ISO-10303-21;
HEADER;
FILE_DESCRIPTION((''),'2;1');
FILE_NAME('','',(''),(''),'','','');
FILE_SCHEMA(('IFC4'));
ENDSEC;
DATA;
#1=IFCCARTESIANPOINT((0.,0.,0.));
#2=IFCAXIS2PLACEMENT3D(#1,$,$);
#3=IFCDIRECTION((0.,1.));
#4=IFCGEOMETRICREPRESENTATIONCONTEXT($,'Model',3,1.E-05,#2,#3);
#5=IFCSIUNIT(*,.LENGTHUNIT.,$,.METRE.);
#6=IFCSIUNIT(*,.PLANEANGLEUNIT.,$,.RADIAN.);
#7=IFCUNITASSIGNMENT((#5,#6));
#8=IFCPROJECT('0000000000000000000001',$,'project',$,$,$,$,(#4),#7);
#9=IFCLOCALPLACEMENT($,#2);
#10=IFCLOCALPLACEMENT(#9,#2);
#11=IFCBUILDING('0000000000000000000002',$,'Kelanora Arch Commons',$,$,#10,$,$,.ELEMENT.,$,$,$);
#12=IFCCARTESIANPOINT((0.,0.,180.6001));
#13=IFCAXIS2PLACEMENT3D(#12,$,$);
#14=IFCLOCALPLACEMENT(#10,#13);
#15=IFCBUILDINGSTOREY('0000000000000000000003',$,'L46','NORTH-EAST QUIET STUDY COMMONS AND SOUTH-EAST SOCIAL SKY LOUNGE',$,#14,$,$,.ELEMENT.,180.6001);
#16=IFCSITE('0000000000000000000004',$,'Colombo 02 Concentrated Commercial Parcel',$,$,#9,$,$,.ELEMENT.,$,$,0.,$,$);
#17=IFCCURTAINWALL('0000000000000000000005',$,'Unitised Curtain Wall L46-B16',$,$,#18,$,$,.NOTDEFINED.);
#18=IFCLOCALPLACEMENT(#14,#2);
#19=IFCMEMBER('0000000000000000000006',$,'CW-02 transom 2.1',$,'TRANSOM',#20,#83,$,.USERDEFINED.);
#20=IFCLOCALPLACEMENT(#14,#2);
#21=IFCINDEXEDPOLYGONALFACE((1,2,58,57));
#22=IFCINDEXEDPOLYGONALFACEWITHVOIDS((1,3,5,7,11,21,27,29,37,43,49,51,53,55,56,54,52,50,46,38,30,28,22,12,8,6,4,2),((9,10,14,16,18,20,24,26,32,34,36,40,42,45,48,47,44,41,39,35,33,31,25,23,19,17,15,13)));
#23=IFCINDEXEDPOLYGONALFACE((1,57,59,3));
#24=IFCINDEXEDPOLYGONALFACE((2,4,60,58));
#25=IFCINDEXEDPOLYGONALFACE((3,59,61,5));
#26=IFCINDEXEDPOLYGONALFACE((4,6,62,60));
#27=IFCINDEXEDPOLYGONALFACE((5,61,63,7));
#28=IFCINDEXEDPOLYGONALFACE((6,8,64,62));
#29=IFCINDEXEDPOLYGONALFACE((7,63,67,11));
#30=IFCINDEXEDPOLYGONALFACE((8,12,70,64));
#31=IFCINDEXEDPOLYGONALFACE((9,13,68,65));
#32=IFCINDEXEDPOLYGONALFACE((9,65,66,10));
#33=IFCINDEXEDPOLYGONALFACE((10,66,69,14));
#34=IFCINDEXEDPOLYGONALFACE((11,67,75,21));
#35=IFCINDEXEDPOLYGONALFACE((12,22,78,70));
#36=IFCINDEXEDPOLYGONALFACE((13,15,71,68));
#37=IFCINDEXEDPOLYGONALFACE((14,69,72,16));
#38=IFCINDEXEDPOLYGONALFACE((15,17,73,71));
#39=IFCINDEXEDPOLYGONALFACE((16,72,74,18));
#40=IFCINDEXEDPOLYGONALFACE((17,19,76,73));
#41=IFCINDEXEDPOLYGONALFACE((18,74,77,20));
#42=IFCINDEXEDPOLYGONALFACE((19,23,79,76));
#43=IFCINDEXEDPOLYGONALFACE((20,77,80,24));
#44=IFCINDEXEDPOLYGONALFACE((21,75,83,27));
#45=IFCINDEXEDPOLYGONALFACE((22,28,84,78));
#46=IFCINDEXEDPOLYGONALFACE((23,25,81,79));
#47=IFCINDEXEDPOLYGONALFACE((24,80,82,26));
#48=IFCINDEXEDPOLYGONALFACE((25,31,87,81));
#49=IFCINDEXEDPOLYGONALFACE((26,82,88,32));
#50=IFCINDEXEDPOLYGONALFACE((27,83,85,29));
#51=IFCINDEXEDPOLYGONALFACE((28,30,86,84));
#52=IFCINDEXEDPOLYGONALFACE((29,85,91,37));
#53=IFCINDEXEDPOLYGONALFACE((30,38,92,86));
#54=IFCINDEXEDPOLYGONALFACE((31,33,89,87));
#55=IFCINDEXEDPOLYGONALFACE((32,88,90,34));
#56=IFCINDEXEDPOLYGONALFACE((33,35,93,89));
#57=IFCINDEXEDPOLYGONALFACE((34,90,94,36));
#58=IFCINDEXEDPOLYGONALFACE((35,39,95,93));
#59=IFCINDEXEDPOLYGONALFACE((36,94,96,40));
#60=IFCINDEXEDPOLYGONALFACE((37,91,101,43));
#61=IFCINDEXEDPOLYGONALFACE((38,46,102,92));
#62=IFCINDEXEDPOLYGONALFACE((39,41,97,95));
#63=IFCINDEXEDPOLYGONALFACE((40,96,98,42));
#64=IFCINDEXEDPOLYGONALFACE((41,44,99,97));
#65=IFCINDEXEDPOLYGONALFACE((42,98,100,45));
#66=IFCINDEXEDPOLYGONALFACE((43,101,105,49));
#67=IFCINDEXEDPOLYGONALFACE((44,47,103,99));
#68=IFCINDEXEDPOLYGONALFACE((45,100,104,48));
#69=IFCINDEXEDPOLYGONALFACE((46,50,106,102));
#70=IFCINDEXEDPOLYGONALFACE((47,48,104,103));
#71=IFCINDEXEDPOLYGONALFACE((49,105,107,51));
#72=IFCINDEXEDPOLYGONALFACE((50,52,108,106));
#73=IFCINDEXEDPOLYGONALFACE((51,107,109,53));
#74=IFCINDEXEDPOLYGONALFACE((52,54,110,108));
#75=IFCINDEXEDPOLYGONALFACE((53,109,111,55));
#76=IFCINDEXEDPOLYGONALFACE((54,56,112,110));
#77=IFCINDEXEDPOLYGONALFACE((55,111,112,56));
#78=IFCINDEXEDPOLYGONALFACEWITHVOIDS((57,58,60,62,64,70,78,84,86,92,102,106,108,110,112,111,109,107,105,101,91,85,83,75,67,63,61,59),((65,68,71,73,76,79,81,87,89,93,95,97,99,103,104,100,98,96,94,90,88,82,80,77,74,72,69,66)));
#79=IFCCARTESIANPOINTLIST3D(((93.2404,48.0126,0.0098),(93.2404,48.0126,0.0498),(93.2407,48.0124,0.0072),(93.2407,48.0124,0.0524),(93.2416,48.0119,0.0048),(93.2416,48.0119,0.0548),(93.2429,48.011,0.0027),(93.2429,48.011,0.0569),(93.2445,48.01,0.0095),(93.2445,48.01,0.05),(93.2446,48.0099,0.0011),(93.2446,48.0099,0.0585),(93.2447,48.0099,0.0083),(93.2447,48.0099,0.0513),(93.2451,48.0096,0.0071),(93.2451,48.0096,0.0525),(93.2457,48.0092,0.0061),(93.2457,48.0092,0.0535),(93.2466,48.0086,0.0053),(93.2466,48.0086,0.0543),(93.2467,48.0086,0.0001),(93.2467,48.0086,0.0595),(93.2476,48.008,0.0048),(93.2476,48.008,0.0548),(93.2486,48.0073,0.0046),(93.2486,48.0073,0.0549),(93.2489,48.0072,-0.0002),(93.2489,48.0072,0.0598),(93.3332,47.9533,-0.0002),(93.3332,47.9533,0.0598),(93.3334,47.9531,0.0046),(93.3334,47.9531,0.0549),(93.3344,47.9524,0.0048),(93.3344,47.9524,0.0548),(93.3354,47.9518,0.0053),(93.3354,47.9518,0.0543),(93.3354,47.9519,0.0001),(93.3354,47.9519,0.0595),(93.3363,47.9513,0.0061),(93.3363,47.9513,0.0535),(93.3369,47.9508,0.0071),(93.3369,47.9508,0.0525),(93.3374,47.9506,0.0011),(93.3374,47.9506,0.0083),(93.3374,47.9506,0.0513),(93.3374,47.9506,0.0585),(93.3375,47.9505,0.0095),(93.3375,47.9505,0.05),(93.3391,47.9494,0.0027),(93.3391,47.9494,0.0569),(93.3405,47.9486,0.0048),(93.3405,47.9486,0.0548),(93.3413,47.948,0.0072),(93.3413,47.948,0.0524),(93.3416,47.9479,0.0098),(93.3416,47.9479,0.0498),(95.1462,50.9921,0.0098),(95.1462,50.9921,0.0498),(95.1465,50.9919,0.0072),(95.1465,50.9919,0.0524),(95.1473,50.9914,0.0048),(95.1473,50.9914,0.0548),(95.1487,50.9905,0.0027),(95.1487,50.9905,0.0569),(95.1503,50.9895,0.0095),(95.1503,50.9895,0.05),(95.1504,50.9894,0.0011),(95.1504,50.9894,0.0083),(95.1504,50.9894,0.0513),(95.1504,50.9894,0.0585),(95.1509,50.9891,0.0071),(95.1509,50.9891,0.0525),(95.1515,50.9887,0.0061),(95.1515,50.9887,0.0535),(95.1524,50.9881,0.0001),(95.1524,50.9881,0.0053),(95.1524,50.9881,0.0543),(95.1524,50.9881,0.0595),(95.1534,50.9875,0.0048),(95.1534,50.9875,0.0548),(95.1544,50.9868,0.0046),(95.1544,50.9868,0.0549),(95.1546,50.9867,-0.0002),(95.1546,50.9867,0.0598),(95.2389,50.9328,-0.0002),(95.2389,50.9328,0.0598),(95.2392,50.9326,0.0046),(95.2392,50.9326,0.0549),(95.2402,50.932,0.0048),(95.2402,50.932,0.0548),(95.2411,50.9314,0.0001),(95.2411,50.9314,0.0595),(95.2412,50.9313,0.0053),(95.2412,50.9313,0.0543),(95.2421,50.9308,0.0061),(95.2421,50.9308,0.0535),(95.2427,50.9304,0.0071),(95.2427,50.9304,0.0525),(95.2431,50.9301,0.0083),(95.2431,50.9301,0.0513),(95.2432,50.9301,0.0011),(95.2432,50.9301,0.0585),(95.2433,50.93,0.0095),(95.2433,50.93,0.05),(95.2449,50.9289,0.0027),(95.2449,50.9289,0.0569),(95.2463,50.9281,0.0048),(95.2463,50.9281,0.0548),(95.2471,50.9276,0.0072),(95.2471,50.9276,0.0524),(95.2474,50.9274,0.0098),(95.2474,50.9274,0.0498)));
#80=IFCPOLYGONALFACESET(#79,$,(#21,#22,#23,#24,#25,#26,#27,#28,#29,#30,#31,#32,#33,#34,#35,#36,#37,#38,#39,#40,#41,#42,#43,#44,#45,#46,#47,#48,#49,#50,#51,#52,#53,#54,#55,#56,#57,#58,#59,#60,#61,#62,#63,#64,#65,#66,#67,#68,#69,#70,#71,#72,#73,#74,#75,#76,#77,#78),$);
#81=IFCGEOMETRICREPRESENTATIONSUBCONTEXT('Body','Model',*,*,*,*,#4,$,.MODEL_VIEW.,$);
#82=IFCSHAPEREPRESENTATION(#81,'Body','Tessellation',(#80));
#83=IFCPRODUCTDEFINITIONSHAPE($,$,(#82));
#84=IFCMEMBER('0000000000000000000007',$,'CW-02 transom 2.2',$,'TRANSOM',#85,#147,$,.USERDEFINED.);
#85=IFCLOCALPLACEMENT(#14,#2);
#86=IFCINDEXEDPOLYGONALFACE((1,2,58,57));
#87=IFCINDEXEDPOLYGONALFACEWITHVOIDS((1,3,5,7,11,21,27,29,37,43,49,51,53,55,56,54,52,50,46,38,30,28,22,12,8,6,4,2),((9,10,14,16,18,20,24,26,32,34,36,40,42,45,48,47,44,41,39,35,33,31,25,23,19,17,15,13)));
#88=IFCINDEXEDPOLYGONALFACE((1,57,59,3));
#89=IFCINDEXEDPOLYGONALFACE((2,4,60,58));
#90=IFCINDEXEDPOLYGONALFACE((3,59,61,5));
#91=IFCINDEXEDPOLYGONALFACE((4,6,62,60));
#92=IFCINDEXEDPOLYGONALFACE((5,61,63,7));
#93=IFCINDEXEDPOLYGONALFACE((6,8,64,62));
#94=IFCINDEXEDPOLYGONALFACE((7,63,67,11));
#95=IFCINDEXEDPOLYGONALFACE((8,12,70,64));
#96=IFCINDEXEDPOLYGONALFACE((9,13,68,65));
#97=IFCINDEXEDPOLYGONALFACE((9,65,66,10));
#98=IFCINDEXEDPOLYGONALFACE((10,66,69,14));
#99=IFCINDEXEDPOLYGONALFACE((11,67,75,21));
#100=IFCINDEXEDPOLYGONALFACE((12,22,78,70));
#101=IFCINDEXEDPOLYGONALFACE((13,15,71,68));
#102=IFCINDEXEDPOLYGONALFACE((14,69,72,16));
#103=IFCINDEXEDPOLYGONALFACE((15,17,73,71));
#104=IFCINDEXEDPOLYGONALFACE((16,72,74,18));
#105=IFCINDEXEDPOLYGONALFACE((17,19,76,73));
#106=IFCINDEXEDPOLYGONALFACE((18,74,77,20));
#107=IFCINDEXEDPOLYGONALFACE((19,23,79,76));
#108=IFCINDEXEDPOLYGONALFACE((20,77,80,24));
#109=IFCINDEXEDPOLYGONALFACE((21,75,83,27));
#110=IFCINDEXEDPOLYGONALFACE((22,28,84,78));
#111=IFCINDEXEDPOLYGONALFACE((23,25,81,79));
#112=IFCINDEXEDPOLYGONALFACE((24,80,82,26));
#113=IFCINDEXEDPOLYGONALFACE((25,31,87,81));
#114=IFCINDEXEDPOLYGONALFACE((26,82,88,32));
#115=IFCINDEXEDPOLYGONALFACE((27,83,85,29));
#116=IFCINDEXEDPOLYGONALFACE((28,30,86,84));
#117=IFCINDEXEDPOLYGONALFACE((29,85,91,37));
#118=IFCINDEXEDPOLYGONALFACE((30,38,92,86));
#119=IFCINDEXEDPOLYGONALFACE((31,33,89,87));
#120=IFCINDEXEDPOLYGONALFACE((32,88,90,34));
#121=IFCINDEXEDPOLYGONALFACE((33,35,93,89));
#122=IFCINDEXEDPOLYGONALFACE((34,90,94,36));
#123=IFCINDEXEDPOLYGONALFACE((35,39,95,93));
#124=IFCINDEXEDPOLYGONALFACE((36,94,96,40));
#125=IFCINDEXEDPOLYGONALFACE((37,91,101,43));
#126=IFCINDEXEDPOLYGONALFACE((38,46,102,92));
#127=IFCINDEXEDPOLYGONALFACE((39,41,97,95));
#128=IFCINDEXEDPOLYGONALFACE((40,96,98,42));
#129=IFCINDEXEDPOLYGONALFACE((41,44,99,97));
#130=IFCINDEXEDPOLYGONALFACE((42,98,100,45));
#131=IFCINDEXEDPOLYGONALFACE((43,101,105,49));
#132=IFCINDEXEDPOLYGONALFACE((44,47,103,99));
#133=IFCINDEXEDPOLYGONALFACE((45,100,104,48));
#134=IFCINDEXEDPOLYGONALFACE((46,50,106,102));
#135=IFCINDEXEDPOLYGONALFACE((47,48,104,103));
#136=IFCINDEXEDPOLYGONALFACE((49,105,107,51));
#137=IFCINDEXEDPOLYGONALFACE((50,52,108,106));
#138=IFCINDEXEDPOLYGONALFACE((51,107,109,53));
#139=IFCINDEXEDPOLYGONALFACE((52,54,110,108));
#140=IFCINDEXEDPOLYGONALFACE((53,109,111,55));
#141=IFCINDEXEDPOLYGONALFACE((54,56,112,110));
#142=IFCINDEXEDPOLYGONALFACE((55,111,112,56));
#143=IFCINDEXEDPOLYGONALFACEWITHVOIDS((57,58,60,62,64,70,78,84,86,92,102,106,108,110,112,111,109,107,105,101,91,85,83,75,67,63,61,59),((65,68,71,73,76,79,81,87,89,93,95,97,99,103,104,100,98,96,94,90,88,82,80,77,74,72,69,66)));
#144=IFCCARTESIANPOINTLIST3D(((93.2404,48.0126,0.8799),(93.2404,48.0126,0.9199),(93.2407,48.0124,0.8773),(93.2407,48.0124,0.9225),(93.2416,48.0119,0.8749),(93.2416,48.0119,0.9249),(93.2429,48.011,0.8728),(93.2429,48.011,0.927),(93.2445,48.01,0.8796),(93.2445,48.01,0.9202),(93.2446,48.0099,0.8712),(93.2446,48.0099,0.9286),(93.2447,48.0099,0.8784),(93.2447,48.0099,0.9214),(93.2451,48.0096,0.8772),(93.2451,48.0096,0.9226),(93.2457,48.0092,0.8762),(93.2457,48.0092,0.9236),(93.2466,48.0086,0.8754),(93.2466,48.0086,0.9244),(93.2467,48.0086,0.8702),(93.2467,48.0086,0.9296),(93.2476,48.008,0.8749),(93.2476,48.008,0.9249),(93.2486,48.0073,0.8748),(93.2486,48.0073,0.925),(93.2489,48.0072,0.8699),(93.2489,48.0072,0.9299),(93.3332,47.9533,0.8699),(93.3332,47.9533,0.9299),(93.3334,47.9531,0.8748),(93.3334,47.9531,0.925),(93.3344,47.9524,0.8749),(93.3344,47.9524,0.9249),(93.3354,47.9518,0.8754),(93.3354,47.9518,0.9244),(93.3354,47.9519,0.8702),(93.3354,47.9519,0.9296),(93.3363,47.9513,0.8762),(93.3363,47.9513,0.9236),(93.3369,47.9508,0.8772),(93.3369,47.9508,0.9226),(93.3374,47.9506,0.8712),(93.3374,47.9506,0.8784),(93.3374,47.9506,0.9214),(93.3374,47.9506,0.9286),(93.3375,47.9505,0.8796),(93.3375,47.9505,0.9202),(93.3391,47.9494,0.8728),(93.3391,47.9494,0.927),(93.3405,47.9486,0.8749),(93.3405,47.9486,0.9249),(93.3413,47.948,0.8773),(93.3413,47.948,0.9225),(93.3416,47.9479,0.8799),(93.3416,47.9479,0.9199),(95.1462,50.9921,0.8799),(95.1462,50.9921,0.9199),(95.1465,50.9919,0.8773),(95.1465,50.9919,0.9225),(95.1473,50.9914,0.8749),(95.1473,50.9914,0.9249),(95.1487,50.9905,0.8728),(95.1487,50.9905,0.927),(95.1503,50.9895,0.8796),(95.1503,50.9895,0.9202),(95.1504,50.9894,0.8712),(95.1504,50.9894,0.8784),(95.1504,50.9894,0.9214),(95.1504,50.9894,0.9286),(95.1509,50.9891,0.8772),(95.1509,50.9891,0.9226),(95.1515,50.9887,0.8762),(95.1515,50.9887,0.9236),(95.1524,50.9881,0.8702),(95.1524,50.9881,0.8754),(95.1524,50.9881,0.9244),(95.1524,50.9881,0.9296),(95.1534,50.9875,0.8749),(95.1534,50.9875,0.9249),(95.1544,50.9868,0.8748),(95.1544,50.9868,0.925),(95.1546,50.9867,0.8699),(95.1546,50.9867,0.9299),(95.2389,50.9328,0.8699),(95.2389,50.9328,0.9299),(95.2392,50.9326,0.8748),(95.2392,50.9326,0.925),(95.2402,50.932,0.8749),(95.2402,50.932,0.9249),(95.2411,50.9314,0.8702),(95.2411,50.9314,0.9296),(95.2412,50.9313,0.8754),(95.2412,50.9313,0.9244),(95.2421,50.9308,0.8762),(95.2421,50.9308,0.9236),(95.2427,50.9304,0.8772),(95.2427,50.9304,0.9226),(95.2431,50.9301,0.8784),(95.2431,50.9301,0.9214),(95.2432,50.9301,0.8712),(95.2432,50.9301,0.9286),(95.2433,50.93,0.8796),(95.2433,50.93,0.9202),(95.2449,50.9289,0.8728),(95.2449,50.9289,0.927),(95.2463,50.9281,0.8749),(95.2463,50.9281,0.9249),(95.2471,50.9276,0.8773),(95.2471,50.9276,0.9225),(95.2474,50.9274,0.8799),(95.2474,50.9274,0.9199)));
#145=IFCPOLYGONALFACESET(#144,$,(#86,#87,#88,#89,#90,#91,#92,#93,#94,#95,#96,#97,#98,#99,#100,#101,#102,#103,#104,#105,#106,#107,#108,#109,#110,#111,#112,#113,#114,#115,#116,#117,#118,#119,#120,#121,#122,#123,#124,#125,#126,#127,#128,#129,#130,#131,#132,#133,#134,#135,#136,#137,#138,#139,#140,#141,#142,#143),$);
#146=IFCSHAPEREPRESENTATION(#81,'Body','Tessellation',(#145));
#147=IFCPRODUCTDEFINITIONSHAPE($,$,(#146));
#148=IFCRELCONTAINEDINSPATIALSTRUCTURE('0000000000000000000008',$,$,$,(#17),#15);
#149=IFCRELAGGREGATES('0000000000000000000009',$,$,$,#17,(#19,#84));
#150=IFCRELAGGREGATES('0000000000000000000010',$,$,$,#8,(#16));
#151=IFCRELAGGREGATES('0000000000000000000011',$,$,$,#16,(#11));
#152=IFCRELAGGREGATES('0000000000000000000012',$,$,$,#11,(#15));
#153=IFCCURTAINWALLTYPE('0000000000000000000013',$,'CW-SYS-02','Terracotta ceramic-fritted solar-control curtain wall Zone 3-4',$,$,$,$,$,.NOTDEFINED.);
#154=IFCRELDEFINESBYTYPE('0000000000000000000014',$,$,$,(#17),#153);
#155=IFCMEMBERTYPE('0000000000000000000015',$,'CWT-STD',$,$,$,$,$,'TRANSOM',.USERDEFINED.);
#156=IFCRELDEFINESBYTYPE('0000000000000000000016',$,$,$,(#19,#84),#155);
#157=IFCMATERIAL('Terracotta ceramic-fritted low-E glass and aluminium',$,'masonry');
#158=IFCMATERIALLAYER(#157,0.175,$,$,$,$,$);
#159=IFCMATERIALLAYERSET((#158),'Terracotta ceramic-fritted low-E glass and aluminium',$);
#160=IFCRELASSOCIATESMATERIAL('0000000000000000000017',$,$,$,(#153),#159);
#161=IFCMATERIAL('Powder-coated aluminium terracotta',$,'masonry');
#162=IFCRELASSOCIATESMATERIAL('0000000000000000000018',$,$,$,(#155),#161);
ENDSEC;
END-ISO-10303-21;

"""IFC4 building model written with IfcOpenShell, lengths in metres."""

from ifc_helpers import new_model, si_unit, direction, frame, origin, origin_2d, place, context, subcontext, project, spatial, hollow_rectangle, extrude, material, layer, layer_set, material_profile, profile_set, type_object, element, aggregate, save


model = new_model("IFC4")

# Units and contexts
model_context = context("Model", 3, precision=1e-05, world=origin(), true_north=direction((0.0, 1.0)))
body_context = subcontext(model_context, "Body", "Model", "MODEL_VIEW")
ifc_project = project(units=[si_unit("LENGTHUNIT", "METRE"), si_unit("PLANEANGLEUNIT", "RADIAN")], contexts=[model_context])

# Site, building, storey
site_placement = place(None, origin())
site = spatial("IfcSite", under=ifc_project, at=site_placement, Name="Colombo 02 Concentrated Commercial Parcel", CompositionType="ELEMENT", RefElevation=0.0)
building_placement = place(site_placement, origin())
building = spatial("IfcBuilding", under=site, at=building_placement, Name="Kelanora Arch Commons", CompositionType="ELEMENT")
storey_placement = place(building_placement, frame((0.0, 0.0, 180.6001)))
storey = spatial("IfcBuildingStorey", under=building, at=storey_placement, Name="L46", Description="NORTH-EAST QUIET STUDY COMMONS AND SOUTH-EAST SOCIAL SKY LOUNGE", CompositionType="ELEMENT", Elevation=180.6001)

# Shared definitions
ifc_material_1 = material(Name="Terracotta ceramic-fritted low-E glass and aluminium", Category="masonry")
ifc_layer_1 = layer(ifc_material_1, 0.175)
ifc_layer_set_1 = layer_set([ifc_layer_1], Name="Terracotta ceramic-fritted low-E glass and aluminium")
curtain_wall_type = type_object("IfcCurtainWallType", Name="CW-SYS-02", Description="Terracotta ceramic-fritted solar-control curtain wall Zone 3-4", PredefinedType="NOTDEFINED", material=ifc_layer_set_1)
ifc_material_2 = material(Name="Powder-coated aluminium terracotta", Category="masonry")

# Curtain wall, members
curtain_wall_1_placement = place(storey_placement, origin())
curtain_wall_1 = element("IfcCurtainWall", 1, at=curtain_wall_1_placement, inside=storey, type_object=curtain_wall_type, Name="Unitised Curtain Wall L46-B16", PredefinedType="NOTDEFINED")
ifc_material_profile_1 = material_profile(ifc_material_2, hollow_rectangle(XDim=0.1201, YDim=0.0601, WallThickness=0.0049, InnerFilletRadius=0.0049, OuterFilletRadius=0.01, at=origin_2d()), Name="CWT120x60")
ifc_profile_set_1 = profile_set([ifc_material_profile_1], Name="Powder-coated aluminium terracotta")
member_type_1 = type_object("IfcMemberType", Name="CWT-STD", ElementType="TRANSOM", PredefinedType="USERDEFINED", material=ifc_profile_set_1)
member_1_placement = place(storey_placement, frame((93.291, 47.9802, 0.0298), z_axis=(0.53883, 0.842414, 0.0), x_axis=(-0.842414, 0.53883, 0.0)))
member_1 = element("IfcMember", 2, at=member_1_placement, type_object=member_type_1, Name="CW-02 transom 2.1", ObjectType="TRANSOM", PredefinedType="USERDEFINED", context=body_context, shape_type="SweptSolid", body=[
    extrude(hollow_rectangle(XDim=0.1201, YDim=0.0601, WallThickness=0.0049, InnerFilletRadius=0.0049, OuterFilletRadius=0.01, at=origin_2d()), origin(), (0.0, 0.0, 1.0), 3.5369),
])
member_2_placement = place(storey_placement, frame((93.291, 47.9802, 0.8999), z_axis=(0.53883, 0.842414, 0.0), x_axis=(-0.842414, 0.53883, 0.0)))
member_2 = element("IfcMember", 3, at=member_2_placement, type_object=member_type_1, Name="CW-02 transom 2.2", ObjectType="TRANSOM", PredefinedType="USERDEFINED", context=body_context, shape_type="SweptSolid", body=[
    extrude(hollow_rectangle(XDim=0.1201, YDim=0.0601, WallThickness=0.0049, InnerFilletRadius=0.0049, OuterFilletRadius=0.01, at=origin_2d()), origin(), (0.0, 0.0, 1.0), 3.5369),
])

aggregate(curtain_wall_1, [member_1, member_2])

save(model, "model.ifc")
